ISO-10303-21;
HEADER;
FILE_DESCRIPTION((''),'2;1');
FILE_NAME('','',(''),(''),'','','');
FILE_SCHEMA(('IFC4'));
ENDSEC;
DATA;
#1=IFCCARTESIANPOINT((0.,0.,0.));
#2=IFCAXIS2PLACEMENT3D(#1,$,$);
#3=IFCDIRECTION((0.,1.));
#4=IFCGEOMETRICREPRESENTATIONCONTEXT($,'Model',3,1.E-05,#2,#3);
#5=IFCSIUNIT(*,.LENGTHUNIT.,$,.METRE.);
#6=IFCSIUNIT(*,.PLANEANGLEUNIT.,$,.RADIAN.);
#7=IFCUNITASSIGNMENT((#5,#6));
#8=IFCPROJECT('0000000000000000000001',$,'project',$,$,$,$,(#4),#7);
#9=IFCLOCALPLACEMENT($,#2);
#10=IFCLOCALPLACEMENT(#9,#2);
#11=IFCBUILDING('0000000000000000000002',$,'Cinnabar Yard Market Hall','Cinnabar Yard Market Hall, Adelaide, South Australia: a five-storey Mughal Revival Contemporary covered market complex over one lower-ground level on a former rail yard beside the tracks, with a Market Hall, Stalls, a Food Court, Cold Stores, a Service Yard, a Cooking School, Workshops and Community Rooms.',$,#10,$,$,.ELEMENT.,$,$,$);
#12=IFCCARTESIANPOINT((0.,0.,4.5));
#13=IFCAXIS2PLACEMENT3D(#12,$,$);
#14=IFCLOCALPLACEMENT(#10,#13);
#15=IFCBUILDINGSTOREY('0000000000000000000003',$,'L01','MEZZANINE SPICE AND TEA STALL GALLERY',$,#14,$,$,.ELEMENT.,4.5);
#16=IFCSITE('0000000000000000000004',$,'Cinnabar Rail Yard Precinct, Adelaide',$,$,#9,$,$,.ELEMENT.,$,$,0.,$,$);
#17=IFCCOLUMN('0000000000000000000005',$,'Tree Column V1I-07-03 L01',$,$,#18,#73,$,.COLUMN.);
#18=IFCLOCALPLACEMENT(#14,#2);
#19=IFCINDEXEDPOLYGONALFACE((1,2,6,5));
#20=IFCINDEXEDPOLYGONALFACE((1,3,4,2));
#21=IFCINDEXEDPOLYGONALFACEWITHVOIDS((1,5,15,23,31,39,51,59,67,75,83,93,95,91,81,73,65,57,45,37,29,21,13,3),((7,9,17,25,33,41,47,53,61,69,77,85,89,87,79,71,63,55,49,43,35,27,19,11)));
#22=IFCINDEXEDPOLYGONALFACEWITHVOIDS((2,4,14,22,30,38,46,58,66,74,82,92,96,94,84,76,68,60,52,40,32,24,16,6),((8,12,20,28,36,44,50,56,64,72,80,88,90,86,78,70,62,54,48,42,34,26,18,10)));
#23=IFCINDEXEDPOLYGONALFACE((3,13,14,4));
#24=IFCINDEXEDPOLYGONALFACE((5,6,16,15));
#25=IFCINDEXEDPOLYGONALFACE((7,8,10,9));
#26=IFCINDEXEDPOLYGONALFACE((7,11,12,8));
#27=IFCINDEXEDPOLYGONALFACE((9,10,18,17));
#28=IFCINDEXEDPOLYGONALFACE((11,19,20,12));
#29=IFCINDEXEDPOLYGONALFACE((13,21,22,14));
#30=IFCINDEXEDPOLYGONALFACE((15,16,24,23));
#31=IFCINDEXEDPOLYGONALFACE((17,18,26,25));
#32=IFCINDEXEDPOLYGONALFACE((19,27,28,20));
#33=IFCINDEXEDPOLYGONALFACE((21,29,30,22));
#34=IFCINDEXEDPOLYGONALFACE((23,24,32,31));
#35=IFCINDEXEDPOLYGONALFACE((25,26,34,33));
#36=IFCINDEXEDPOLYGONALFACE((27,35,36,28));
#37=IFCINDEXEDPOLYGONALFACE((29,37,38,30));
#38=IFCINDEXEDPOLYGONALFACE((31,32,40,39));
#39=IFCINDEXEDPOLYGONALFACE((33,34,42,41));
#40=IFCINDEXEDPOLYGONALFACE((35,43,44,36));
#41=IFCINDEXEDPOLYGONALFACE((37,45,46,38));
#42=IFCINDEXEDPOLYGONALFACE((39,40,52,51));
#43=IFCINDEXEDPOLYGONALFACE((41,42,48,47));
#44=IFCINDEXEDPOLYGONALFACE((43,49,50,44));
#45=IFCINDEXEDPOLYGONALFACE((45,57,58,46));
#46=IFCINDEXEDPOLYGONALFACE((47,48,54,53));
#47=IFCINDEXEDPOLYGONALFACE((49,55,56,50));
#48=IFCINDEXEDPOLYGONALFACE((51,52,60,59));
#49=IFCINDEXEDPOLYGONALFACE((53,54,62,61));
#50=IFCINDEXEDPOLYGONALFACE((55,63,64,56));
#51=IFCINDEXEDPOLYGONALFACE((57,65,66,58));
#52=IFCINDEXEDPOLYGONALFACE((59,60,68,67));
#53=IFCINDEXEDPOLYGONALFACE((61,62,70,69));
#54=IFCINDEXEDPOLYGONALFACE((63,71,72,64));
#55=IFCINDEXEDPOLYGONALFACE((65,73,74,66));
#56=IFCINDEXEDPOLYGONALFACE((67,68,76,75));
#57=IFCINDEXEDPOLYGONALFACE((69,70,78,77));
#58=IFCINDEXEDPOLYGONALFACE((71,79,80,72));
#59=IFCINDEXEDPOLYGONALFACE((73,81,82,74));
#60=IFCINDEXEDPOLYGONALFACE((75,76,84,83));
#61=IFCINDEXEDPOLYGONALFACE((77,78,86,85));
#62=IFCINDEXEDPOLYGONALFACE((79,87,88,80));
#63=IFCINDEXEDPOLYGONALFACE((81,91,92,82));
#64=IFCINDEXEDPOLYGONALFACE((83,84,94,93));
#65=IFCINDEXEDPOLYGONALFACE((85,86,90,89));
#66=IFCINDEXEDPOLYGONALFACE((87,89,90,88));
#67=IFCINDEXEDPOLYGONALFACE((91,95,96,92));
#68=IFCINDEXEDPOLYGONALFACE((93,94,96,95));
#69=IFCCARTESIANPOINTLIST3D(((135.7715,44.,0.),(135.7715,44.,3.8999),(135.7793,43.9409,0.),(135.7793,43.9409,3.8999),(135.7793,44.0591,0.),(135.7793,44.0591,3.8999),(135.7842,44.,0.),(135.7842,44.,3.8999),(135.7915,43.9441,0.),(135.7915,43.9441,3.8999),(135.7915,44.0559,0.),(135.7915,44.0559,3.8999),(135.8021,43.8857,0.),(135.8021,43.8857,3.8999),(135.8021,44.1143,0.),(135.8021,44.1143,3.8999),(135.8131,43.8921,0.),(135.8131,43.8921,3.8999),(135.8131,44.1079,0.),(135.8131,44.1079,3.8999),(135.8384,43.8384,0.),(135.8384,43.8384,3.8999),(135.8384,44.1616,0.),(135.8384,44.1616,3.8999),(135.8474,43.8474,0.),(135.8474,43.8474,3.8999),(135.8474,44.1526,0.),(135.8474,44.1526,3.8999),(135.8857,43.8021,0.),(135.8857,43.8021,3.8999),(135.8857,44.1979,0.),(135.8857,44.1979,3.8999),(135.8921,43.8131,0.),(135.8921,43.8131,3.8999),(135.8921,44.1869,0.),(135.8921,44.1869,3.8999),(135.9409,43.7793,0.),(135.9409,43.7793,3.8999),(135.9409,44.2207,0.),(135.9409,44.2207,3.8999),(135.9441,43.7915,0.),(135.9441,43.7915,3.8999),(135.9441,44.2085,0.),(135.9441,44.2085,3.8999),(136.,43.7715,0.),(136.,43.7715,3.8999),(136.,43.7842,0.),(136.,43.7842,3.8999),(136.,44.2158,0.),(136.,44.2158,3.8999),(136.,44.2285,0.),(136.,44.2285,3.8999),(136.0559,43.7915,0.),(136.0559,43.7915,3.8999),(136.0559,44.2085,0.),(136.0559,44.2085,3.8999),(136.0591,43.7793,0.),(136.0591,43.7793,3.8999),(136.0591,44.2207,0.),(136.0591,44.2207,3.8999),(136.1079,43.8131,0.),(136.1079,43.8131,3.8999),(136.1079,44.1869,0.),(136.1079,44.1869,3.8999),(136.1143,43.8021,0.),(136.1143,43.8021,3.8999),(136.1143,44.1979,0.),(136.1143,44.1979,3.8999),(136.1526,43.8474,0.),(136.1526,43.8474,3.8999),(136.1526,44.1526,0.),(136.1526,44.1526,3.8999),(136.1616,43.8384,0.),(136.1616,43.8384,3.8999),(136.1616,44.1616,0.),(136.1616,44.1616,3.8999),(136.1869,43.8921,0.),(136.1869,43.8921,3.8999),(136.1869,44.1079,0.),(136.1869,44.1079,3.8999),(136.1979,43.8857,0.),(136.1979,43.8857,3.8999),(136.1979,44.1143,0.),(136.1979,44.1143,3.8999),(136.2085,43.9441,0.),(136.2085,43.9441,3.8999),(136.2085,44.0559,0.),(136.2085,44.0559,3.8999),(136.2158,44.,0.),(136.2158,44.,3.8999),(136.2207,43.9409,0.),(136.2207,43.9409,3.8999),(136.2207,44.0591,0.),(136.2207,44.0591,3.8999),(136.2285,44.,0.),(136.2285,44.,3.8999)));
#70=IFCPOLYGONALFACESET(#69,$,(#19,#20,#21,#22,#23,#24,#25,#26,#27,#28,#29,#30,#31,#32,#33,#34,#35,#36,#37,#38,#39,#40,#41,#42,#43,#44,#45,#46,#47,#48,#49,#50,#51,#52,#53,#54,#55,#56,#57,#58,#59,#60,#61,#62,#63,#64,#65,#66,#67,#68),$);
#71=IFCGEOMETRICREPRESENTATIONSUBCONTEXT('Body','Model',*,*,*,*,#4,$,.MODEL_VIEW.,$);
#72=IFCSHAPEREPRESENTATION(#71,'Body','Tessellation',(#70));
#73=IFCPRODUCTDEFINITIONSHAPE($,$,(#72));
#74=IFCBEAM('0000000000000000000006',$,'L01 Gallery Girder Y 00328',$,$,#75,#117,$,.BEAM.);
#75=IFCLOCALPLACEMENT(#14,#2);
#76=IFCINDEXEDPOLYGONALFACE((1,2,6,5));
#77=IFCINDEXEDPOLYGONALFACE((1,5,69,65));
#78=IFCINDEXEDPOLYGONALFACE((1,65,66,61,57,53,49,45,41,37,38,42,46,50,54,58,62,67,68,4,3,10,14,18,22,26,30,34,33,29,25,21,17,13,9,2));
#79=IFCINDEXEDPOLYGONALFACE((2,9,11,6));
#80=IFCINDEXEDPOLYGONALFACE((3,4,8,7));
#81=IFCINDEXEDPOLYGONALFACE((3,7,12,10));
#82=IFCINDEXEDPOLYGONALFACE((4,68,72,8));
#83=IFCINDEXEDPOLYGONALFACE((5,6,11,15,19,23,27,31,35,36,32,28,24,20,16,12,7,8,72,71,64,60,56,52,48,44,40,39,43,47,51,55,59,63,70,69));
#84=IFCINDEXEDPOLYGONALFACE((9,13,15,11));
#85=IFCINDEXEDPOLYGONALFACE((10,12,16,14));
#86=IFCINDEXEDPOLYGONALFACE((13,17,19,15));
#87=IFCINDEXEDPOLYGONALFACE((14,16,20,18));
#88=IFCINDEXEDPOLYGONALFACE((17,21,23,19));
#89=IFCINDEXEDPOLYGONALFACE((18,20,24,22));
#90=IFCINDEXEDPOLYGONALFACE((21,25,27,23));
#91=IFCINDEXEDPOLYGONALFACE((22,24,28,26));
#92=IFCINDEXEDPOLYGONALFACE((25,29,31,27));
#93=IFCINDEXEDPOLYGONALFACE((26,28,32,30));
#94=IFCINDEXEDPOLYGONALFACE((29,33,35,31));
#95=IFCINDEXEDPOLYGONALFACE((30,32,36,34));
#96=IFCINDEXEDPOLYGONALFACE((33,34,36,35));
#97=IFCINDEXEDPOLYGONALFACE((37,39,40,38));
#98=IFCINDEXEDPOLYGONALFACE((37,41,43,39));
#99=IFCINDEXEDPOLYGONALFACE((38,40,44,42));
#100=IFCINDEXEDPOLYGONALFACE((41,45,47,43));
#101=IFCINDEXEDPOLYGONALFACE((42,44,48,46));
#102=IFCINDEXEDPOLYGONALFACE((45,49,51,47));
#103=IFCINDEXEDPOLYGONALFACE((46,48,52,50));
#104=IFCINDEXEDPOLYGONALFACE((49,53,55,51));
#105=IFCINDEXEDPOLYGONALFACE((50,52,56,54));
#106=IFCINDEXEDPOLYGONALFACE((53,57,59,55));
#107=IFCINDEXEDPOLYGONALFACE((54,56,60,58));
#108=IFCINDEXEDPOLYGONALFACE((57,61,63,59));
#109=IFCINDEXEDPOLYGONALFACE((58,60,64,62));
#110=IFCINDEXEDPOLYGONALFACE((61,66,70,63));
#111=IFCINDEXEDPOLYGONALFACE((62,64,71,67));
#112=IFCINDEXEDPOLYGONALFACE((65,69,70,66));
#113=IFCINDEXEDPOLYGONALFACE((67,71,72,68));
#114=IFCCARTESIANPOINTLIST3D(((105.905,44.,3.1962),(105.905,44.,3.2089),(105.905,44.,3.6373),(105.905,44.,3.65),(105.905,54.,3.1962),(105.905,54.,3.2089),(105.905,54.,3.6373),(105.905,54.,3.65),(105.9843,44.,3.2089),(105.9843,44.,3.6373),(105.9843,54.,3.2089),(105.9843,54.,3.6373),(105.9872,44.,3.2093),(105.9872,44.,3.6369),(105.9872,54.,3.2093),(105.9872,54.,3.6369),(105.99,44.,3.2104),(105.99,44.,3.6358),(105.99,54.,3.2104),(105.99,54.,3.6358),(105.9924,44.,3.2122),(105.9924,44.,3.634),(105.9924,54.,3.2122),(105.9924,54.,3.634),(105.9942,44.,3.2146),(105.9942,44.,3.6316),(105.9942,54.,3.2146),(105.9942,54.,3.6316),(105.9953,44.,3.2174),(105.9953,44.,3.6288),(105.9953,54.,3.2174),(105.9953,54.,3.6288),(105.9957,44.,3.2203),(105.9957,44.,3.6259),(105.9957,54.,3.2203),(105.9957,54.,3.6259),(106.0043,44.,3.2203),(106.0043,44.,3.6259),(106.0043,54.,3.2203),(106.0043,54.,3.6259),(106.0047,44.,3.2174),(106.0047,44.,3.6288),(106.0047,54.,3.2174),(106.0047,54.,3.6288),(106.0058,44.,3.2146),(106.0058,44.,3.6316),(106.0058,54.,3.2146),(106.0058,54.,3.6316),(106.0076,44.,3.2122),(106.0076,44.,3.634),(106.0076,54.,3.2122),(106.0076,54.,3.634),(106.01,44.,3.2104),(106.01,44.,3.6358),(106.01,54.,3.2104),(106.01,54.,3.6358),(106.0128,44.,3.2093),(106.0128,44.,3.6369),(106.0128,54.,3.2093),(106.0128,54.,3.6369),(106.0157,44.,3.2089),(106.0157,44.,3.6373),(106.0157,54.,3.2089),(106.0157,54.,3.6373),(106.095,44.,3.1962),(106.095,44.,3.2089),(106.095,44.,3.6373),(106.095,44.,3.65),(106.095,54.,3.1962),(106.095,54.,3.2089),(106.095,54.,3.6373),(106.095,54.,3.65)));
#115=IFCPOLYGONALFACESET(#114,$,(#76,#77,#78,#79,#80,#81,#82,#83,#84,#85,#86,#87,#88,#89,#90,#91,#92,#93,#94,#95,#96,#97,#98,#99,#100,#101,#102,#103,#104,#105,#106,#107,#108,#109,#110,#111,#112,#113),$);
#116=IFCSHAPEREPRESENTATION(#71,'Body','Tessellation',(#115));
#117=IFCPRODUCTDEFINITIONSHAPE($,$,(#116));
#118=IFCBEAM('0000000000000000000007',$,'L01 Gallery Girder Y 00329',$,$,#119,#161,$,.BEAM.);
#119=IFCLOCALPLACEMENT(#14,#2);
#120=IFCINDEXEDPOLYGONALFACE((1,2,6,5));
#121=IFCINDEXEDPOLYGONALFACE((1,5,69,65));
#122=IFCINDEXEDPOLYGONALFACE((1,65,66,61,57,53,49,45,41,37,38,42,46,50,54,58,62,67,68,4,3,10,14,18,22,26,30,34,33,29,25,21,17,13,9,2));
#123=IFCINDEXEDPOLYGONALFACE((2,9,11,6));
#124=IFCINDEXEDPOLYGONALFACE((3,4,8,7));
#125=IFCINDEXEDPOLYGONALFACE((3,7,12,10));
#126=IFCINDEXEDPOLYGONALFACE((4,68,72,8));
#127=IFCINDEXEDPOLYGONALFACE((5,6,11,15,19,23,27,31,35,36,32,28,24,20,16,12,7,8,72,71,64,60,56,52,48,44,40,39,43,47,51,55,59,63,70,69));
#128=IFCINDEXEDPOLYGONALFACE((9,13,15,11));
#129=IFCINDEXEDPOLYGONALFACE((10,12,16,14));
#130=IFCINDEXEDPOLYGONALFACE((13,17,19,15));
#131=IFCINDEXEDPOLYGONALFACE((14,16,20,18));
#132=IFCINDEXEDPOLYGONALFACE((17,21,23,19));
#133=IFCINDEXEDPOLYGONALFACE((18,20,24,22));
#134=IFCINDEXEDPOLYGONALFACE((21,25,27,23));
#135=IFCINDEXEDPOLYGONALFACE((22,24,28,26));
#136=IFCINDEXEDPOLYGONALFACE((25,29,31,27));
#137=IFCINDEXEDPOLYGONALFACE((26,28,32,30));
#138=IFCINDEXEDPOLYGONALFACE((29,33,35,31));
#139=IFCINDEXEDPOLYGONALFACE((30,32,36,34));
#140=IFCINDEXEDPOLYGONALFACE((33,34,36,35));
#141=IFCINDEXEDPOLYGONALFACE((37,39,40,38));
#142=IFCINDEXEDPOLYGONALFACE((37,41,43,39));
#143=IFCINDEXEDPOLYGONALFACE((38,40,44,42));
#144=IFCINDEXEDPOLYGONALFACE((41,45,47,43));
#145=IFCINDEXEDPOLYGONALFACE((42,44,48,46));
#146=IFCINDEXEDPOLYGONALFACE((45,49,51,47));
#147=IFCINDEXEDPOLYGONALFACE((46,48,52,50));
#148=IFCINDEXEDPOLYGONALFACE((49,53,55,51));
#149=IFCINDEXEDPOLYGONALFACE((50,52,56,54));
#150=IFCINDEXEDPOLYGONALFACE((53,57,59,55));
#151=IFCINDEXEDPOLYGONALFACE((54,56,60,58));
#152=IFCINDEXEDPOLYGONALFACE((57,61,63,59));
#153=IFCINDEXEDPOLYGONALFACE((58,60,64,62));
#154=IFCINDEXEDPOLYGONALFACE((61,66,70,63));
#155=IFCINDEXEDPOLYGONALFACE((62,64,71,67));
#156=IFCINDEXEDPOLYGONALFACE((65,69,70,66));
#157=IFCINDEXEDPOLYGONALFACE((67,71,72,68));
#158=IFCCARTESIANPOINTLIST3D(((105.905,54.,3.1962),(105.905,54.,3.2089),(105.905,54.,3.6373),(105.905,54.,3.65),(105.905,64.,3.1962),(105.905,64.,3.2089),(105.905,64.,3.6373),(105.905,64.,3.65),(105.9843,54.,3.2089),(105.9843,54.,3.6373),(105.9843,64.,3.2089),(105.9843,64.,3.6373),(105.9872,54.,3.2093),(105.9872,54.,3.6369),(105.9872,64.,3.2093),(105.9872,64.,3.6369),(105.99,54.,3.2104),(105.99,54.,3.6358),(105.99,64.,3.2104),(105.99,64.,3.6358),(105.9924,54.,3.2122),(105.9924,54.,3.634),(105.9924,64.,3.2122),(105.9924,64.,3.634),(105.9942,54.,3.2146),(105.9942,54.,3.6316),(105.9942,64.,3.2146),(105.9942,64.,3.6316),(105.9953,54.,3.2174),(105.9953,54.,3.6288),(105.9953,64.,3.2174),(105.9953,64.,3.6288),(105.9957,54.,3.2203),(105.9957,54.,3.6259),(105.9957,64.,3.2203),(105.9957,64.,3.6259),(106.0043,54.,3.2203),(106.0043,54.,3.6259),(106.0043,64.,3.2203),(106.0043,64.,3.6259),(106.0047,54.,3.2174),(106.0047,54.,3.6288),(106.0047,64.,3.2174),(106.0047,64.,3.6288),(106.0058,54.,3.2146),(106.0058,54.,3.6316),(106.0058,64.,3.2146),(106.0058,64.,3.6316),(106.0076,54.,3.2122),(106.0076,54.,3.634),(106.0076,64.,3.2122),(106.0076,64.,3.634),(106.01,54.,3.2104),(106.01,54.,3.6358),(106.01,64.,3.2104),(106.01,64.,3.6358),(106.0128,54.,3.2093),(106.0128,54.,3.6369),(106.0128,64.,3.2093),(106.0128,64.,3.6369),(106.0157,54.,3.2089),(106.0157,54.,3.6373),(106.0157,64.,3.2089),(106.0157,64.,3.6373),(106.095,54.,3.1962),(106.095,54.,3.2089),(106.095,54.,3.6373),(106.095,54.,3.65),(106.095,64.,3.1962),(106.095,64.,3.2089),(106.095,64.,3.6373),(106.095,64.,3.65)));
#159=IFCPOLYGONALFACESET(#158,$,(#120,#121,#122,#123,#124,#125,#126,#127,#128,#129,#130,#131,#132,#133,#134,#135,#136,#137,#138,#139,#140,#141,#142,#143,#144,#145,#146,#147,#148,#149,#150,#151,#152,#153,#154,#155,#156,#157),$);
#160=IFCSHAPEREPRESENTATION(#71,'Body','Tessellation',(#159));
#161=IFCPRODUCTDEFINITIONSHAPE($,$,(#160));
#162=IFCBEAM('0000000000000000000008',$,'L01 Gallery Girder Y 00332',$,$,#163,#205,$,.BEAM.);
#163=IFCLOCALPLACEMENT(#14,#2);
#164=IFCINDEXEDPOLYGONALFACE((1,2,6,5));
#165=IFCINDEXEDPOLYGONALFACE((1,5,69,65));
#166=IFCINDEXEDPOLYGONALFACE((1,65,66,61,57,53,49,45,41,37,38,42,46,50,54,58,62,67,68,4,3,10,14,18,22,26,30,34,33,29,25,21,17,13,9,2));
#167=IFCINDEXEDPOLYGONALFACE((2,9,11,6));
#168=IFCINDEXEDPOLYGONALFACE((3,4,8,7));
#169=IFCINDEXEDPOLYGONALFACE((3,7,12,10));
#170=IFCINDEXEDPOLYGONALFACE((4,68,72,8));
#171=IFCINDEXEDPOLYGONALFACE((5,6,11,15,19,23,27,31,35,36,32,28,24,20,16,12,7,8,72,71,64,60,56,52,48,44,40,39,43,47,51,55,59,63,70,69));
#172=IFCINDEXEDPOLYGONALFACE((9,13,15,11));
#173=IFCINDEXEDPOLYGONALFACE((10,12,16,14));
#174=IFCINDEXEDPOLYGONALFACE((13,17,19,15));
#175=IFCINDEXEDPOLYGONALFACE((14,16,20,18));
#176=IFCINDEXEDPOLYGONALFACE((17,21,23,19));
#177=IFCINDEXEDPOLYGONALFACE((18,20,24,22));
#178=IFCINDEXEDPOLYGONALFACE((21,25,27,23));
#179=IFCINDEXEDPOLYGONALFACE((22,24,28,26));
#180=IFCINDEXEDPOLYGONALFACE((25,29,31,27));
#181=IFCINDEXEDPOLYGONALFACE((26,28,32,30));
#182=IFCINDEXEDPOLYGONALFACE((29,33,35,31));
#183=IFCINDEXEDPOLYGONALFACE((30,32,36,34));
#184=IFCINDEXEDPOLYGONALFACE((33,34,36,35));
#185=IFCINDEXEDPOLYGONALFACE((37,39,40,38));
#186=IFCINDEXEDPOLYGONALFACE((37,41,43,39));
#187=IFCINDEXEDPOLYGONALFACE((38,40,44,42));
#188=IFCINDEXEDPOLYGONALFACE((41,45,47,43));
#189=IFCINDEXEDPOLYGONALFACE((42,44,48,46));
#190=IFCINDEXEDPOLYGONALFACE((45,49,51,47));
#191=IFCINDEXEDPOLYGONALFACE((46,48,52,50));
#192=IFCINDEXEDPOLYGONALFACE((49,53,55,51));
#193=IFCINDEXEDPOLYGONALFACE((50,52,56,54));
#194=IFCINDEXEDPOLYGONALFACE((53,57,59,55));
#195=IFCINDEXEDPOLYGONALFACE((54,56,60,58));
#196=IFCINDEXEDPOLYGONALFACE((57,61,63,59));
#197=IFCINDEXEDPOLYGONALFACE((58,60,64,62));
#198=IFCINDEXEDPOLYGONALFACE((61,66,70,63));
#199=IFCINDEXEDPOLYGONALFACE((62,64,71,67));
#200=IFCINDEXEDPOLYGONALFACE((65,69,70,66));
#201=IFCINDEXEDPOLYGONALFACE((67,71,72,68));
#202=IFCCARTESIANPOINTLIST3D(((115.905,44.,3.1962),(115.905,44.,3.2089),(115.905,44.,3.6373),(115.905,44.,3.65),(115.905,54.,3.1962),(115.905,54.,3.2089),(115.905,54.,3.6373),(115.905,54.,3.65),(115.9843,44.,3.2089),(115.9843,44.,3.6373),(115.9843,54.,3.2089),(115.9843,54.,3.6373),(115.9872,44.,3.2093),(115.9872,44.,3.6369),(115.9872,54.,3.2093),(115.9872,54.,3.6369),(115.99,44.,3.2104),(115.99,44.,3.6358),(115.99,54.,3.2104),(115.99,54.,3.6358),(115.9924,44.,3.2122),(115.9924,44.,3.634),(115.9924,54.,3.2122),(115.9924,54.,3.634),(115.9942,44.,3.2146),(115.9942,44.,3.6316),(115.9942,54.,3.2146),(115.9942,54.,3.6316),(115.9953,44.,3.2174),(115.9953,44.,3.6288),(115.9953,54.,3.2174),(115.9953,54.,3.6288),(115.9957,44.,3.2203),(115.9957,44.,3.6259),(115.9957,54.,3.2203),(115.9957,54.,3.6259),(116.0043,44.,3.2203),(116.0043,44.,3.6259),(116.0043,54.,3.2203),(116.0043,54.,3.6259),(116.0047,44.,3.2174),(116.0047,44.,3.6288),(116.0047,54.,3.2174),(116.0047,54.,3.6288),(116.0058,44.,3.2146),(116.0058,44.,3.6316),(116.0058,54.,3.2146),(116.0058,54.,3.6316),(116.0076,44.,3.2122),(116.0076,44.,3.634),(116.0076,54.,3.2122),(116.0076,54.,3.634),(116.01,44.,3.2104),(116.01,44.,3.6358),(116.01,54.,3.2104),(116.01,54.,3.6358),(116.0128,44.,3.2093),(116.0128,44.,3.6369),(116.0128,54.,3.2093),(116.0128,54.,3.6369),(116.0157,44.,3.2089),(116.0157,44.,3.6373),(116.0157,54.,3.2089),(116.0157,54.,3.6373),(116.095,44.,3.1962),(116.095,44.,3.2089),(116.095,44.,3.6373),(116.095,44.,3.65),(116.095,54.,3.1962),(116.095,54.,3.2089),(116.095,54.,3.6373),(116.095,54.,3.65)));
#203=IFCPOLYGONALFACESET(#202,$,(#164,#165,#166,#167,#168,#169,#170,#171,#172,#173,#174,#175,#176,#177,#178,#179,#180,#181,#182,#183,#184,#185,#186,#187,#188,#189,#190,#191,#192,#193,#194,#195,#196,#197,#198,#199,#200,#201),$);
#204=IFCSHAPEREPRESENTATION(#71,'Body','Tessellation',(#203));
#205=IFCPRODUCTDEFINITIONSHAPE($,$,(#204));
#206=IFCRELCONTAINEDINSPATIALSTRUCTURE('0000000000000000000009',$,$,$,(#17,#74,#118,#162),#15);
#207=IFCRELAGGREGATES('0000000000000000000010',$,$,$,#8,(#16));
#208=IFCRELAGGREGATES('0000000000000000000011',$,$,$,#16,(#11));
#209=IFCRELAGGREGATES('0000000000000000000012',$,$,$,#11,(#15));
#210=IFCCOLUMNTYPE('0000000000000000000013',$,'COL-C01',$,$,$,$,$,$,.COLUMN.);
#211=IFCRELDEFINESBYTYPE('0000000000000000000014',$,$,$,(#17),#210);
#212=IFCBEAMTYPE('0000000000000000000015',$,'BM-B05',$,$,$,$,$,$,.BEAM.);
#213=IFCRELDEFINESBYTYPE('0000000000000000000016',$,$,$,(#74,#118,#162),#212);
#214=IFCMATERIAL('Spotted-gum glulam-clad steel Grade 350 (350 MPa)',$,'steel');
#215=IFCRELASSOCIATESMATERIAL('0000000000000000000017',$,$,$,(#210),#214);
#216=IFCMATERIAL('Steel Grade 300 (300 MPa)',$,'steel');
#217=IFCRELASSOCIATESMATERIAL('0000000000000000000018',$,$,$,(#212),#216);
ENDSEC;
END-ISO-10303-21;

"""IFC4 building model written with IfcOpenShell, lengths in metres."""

from ifc_helpers import new_model, si_unit, direction, frame, origin, origin_2d_with_axis, place, context, subcontext, project, spatial, hollow_circle, i_section, extrude, material, material_profile, profile_set, type_object, element, save


model = new_model("IFC4")

# Units and contexts
model_context = context("Model", 3, precision=1e-05, world=origin(), true_north=direction((0.0, 1.0)))
body_context = subcontext(model_context, "Body", "Model", "MODEL_VIEW")
ifc_project = project(units=[si_unit("LENGTHUNIT", "METRE"), si_unit("PLANEANGLEUNIT", "RADIAN")], contexts=[model_context])

# Site, building, storey
site_placement = place(None, origin())
site = spatial("IfcSite", under=ifc_project, at=site_placement, Name="Cinnabar Rail Yard Precinct, Adelaide", CompositionType="ELEMENT", RefElevation=0.0)
building_placement = place(site_placement, origin())
building = spatial("IfcBuilding", under=site, at=building_placement, Name="Cinnabar Yard Market Hall", Description="Cinnabar Yard Market Hall, Adelaide, South Australia: a five-storey Mughal Revival Contemporary covered market complex over one lower-ground level on a former rail yard beside the tracks, with a Market Hall, Stalls, a Food Court, Cold Stores, a Service Yard, a Cooking School, Workshops and Community Rooms.", CompositionType="ELEMENT")
storey_placement = place(building_placement, frame((0.0, 0.0, 4.5)))
storey = spatial("IfcBuildingStorey", under=building, at=storey_placement, Name="L01", Description="MEZZANINE SPICE AND TEA STALL GALLERY", CompositionType="ELEMENT", Elevation=4.5)

# Column
ifc_material_1 = material(Name="Spotted-gum glulam-clad steel Grade 350 (350 MPa)", Category="steel")
ifc_material_profile_1 = material_profile(ifc_material_1, hollow_circle(Radius=0.2285, WallThickness=0.0127, at=origin_2d_with_axis()), Name="457.0x12.7CHS")
ifc_profile_set_1 = profile_set([ifc_material_profile_1], Name="Spotted-gum glulam-clad steel Grade 350 (350 MPa)")
column_type = type_object("IfcColumnType", Name="COL-C01", PredefinedType="COLUMN", material=ifc_profile_set_1)
for number, where, z_axis, x_axis, name in (
    (1, (136.0, 44.0, 0.0), (0.0, 0.0, 1.0), (1.0, 0.0, 0.0), "Tree Column V1I-07-03 L01"),
):
    element("IfcColumn", number, at=place(storey_placement, frame(where, z_axis=z_axis, x_axis=x_axis)), inside=storey, type_object=column_type, Name=name, PredefinedType="COLUMN", context=body_context, shape_type="SweptSolid", body=[
        extrude(hollow_circle(Radius=0.2285, WallThickness=0.0127, at=origin_2d_with_axis()), origin(), (0.0, 0.0, 1.0), 3.8999),
    ])

# Beams
ifc_material_2 = material(Name="Steel Grade 300 (300 MPa)", Category="steel")
ifc_material_profile_2 = material_profile(ifc_material_2, i_section(OverallWidth=0.1899, OverallDepth=0.4539, WebThickness=0.0085, FlangeThickness=0.0127, FilletRadius=0.0115, at=origin_2d_with_axis()), Name="460UB67.1")
ifc_profile_set_2 = profile_set([ifc_material_profile_2], Name="Steel Grade 300 (300 MPa)")
beam_type_1 = type_object("IfcBeamType", Name="BM-B05", PredefinedType="BEAM", material=ifc_profile_set_2)
for number, where, z_axis, x_axis, name in (
    (2, (106.0, 44.0, 3.4231), (0.0, 1.0, 0.0), (-1.0, 0.0, 0.0), "L01 Gallery Girder Y 00328"),
    (3, (106.0, 54.0, 3.4231), (0.0, 1.0, 0.0), (-1.0, 0.0, 0.0), "L01 Gallery Girder Y 00329"),
    (4, (116.0, 44.0, 3.4231), (0.0, 1.0, 0.0), (-1.0, 0.0, 0.0), "L01 Gallery Girder Y 00332"),
):
    element("IfcBeam", number, at=place(storey_placement, frame(where, z_axis=z_axis, x_axis=x_axis)), inside=storey, type_object=beam_type_1, Name=name, PredefinedType="BEAM", context=body_context, shape_type="SweptSolid", body=[
        extrude(i_section(OverallWidth=0.1899, OverallDepth=0.4539, WebThickness=0.0085, FlangeThickness=0.0127, FilletRadius=0.0115, at=origin_2d_with_axis()), origin(), (0.0, 0.0, 1.0), 10.0),
    ])

save(model, "model.ifc")
